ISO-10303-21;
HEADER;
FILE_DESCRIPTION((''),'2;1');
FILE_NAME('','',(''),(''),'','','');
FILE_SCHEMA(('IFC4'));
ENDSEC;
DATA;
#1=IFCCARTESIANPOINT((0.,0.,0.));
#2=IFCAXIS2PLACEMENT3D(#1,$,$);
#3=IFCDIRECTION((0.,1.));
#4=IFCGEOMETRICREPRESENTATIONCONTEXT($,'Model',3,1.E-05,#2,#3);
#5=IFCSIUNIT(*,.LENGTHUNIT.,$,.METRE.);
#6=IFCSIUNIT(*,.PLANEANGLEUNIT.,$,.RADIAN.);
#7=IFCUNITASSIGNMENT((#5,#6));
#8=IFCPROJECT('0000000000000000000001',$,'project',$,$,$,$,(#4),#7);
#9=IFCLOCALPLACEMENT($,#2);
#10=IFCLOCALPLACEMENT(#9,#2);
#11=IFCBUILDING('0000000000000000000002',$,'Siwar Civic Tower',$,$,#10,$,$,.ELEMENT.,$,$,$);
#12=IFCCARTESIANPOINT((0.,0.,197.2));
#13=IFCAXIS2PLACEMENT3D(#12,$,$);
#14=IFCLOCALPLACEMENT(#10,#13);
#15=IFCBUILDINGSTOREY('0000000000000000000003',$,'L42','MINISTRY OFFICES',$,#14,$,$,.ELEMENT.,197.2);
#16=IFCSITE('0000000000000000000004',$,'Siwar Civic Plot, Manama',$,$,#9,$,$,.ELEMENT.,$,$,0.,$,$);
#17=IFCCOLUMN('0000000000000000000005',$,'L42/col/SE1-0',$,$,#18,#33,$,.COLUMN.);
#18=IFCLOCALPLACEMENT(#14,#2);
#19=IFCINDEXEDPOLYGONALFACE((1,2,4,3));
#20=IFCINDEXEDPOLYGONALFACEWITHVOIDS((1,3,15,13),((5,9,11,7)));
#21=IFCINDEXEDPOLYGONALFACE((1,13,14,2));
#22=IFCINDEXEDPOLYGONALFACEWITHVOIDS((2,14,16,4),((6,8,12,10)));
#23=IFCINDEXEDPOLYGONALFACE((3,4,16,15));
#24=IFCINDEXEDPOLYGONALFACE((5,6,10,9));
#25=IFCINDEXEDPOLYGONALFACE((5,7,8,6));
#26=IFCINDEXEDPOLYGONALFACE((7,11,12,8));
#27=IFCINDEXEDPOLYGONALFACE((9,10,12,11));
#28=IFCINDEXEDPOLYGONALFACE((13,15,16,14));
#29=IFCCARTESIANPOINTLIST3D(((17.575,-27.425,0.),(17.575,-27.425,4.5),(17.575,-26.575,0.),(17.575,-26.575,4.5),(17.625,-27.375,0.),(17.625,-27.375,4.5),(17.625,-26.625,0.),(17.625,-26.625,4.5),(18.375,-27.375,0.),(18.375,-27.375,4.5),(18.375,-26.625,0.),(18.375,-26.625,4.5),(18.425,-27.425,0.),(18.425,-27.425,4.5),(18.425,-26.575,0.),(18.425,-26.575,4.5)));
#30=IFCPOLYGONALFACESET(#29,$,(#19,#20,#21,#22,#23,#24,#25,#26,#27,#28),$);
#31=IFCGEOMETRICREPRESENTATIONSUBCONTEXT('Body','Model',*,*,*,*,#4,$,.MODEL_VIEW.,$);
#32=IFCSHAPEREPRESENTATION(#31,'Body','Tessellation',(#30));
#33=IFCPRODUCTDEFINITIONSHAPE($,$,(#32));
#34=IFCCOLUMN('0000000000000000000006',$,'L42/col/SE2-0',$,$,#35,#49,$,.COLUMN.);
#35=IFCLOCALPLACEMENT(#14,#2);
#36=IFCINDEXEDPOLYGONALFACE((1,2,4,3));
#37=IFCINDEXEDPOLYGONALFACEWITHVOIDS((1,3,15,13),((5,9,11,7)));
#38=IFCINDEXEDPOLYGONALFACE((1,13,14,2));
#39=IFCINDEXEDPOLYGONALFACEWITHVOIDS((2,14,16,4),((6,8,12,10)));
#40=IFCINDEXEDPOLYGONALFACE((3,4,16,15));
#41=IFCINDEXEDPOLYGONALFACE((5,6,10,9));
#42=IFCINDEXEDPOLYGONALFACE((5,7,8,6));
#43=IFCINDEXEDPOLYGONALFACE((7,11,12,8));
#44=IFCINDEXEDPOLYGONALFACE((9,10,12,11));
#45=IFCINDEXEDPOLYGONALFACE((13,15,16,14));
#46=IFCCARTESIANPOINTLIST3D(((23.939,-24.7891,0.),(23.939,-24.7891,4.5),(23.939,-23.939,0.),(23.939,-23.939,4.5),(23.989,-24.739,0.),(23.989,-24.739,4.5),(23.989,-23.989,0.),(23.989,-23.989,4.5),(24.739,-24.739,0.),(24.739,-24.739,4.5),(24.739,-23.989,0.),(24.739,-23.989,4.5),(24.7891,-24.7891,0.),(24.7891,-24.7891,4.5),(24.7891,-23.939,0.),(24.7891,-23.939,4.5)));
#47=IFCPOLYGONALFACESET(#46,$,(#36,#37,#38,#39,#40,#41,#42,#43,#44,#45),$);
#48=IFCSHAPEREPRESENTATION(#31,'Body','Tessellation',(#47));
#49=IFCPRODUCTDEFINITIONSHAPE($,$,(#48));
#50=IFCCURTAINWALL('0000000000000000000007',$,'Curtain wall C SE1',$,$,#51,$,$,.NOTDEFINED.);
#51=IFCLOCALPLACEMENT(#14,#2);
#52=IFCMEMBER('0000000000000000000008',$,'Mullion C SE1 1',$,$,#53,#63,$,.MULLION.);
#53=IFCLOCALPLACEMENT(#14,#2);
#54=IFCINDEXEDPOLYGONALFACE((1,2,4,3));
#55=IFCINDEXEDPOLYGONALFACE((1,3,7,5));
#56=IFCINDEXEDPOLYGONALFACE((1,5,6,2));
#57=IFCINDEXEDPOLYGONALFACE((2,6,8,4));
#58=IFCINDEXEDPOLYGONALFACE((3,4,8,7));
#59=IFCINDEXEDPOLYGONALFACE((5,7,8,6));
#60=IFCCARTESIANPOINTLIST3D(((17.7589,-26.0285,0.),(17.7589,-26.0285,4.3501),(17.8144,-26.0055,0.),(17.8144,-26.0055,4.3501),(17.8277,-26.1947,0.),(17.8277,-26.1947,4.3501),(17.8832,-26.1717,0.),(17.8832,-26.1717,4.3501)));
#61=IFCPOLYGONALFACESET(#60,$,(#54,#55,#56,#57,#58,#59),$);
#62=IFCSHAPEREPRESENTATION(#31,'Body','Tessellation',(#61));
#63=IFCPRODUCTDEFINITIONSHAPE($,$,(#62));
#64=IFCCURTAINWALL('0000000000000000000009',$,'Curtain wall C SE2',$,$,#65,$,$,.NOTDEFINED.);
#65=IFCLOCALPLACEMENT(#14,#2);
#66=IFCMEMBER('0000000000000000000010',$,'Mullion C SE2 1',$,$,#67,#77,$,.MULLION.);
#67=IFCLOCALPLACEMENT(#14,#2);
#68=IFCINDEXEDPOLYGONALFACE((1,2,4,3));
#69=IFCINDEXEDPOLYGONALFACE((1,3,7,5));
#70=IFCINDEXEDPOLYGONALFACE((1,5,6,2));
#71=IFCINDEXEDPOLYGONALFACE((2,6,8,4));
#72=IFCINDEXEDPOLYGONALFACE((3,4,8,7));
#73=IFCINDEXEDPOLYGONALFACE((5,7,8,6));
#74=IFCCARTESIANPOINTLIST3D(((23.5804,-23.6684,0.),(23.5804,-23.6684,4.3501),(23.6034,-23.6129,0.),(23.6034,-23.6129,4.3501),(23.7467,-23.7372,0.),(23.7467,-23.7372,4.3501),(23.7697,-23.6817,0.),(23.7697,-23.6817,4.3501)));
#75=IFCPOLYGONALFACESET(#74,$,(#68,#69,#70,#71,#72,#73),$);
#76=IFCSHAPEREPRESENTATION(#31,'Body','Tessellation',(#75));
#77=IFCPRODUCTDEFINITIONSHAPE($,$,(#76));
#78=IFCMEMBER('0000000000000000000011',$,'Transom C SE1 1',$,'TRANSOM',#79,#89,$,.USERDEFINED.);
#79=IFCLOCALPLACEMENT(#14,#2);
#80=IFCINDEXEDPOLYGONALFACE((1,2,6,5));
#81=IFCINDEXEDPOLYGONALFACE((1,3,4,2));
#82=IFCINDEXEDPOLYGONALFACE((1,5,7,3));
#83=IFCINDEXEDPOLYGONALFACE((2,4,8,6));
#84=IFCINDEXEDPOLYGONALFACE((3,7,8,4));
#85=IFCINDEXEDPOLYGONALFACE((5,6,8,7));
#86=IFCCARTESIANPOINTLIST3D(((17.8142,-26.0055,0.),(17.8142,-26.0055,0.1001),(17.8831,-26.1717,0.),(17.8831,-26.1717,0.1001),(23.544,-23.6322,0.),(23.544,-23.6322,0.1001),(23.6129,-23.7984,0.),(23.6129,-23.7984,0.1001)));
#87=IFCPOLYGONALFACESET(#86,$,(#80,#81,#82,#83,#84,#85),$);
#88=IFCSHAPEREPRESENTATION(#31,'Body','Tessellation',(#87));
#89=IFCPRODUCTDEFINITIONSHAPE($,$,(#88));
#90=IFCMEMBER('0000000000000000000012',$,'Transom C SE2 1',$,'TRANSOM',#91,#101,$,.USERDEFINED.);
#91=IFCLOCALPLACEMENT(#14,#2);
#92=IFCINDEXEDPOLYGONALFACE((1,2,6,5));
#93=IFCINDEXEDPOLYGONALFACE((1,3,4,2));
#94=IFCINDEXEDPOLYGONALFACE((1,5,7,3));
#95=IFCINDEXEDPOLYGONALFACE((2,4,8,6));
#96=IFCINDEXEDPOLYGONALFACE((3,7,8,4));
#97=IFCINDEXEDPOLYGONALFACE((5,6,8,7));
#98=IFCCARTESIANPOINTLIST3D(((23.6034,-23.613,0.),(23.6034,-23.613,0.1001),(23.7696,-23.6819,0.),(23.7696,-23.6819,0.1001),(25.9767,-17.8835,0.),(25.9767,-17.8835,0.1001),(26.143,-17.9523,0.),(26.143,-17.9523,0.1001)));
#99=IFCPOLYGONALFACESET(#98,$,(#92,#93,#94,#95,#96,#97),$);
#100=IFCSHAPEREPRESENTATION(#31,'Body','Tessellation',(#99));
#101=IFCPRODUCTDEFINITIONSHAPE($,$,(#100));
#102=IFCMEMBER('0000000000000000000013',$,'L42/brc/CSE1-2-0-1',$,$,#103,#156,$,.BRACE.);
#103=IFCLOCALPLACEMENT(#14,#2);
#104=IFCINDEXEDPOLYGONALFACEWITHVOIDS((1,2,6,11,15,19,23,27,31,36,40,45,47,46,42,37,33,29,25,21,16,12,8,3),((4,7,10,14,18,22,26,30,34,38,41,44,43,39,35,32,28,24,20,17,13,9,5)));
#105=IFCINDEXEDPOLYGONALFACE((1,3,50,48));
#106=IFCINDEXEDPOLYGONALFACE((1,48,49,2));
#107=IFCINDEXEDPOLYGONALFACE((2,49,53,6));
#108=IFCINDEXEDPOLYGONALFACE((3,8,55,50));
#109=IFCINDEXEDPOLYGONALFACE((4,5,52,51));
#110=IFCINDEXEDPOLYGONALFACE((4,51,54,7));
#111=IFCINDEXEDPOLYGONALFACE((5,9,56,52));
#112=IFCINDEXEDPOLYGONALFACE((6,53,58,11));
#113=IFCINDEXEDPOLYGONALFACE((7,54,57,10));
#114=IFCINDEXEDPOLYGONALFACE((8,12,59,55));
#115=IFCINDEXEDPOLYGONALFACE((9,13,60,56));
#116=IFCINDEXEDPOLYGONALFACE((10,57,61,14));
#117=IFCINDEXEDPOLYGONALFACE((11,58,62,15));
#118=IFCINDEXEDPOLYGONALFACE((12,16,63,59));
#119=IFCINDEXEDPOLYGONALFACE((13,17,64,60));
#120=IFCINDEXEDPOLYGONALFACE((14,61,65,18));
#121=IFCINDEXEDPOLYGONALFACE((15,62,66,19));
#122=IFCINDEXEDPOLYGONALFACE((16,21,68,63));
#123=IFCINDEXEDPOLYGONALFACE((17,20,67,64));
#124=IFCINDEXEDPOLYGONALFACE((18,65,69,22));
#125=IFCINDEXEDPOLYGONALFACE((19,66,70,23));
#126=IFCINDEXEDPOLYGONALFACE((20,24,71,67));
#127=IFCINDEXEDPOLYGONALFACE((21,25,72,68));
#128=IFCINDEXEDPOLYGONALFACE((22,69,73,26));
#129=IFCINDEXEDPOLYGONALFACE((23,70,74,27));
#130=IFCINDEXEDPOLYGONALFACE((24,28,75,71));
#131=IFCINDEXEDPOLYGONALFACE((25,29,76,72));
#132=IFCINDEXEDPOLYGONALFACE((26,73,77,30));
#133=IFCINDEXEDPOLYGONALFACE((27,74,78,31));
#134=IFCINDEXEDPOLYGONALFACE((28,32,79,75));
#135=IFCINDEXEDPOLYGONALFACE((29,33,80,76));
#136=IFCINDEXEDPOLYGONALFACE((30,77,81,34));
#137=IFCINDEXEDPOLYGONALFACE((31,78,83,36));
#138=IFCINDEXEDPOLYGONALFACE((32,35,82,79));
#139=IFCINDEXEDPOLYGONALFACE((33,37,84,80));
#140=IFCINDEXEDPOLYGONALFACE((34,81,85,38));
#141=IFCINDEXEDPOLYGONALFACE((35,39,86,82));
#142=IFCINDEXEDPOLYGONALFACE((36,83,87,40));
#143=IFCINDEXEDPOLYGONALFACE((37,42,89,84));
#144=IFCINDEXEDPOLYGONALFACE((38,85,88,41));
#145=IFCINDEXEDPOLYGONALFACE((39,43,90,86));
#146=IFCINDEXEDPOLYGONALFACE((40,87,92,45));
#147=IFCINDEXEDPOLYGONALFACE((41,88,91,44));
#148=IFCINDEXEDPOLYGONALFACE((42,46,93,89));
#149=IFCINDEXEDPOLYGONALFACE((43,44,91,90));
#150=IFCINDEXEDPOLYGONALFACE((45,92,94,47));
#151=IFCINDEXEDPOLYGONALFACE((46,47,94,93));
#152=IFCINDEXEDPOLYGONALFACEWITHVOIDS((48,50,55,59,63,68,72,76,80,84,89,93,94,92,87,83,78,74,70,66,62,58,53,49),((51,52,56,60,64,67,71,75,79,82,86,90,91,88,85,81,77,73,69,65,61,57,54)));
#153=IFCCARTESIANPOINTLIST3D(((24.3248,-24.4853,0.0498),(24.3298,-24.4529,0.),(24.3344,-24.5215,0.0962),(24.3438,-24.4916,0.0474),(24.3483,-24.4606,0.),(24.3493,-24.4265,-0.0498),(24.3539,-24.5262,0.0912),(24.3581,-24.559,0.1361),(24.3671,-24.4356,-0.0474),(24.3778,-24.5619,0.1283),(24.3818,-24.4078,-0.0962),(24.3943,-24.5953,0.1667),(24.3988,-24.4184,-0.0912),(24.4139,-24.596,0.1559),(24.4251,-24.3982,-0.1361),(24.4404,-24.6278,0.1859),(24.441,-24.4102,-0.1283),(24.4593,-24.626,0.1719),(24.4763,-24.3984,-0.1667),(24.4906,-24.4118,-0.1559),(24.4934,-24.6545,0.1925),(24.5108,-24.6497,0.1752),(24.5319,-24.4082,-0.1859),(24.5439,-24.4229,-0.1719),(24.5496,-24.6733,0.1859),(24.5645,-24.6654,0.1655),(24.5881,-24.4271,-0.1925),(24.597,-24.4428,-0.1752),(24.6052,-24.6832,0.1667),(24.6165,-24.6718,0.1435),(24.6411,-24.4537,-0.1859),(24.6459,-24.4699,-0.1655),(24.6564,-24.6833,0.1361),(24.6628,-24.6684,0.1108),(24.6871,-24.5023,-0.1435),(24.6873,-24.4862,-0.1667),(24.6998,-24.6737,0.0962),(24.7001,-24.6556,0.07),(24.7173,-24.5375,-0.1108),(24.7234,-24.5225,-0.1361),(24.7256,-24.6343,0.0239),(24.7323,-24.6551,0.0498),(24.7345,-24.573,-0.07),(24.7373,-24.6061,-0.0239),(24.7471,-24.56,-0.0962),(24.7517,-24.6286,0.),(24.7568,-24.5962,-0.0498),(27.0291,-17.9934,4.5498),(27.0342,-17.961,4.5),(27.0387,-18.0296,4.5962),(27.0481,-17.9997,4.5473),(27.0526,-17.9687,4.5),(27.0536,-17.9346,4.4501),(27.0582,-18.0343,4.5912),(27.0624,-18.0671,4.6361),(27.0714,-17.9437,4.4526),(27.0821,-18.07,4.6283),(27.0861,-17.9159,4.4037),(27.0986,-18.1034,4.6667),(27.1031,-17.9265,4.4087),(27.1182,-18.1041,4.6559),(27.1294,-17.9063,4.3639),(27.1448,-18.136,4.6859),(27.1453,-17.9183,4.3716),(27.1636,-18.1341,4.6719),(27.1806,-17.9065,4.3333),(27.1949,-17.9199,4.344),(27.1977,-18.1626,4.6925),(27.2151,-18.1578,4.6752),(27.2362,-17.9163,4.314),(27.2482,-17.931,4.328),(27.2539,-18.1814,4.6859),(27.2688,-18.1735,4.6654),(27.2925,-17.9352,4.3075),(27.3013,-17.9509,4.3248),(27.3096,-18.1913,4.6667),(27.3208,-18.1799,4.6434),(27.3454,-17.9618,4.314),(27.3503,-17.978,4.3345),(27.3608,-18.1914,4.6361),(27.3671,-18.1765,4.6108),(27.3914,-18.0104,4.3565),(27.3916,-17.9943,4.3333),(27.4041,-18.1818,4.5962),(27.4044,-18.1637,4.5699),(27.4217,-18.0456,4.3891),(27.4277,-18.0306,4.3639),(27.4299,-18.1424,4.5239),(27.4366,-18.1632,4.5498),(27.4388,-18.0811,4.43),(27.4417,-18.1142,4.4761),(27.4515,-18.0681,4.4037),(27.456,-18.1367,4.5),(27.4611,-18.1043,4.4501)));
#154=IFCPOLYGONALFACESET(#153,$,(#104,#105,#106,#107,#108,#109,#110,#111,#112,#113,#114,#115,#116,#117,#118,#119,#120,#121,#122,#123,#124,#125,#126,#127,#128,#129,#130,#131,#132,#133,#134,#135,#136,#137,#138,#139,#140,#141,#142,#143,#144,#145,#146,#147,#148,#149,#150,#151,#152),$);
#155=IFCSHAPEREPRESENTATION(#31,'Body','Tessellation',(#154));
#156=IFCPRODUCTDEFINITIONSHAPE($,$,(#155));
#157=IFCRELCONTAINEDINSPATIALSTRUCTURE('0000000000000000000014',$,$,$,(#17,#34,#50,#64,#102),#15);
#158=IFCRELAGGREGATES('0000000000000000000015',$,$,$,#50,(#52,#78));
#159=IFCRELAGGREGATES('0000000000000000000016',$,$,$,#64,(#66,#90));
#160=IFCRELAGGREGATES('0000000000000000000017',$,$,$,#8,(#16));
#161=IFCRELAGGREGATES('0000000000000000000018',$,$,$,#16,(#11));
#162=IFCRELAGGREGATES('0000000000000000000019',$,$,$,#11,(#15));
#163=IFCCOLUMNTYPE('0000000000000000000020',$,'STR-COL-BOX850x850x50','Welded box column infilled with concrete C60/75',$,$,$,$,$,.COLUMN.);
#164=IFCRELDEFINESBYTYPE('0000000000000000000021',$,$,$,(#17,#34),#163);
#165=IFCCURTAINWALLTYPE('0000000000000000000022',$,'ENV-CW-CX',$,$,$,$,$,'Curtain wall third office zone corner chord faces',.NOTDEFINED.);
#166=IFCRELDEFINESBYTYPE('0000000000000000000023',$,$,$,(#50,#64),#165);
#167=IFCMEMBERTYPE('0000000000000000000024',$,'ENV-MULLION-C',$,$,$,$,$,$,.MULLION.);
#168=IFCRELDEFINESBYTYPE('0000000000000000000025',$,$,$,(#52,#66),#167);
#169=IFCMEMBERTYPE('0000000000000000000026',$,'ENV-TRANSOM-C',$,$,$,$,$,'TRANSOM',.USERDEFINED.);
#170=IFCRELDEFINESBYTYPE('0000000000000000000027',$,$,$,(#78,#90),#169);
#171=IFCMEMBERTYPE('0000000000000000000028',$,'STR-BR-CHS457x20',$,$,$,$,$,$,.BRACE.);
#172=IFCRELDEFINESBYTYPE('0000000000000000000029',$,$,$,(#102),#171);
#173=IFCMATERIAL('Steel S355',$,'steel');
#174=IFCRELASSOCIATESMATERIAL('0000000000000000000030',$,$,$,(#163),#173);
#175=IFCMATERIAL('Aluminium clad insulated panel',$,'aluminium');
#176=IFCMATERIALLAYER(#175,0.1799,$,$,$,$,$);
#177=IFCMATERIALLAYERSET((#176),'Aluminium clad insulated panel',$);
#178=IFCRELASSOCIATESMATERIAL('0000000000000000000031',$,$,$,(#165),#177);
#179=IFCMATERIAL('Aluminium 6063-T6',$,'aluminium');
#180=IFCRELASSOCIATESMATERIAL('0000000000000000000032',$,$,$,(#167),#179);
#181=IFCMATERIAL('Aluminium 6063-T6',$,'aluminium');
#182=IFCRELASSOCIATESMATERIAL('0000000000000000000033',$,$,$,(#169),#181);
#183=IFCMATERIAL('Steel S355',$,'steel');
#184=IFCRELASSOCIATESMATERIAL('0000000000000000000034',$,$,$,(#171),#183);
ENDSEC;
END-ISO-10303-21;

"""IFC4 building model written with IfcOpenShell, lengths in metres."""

from ifc_helpers import new_model, si_unit, direction, frame, origin, origin_2d, place, context, subcontext, project, spatial, rectangle, hollow_rectangle, hollow_circle, extrude, material, layer, layer_set, material_profile, profile_set, type_object, element, aggregate, save


model = new_model("IFC4")

# Units and contexts
model_context = context("Model", 3, precision=1e-05, world=origin(), true_north=direction((0.0, 1.0)))
body_context = subcontext(model_context, "Body", "Model", "MODEL_VIEW")
ifc_project = project(units=[si_unit("LENGTHUNIT", "METRE"), si_unit("PLANEANGLEUNIT", "RADIAN")], contexts=[model_context])

# Site, building, storey
site_placement = place(None, origin())
site = spatial("IfcSite", under=ifc_project, at=site_placement, Name="Siwar Civic Plot, Manama", CompositionType="ELEMENT", RefElevation=0.0)
building_placement = place(site_placement, origin())
building = spatial("IfcBuilding", under=site, at=building_placement, Name="Siwar Civic Tower", CompositionType="ELEMENT")
storey_placement = place(building_placement, frame((0.0, 0.0, 197.2)))
storey = spatial("IfcBuildingStorey", under=building, at=storey_placement, Name="L42", Description="MINISTRY OFFICES", CompositionType="ELEMENT", Elevation=197.2)

# Columns
ifc_material_1 = material(Name="Steel S355", Category="steel")
ifc_material_profile_1 = material_profile(ifc_material_1, hollow_rectangle(XDim=0.8501, YDim=0.8501, WallThickness=0.05, at=origin_2d()), Name="BOX850x850x50")
ifc_profile_set_1 = profile_set([ifc_material_profile_1], Name="Steel S355")
column_type = type_object("IfcColumnType", Name="STR-COL-BOX850x850x50", Description="Welded box column infilled with concrete C60/75", PredefinedType="COLUMN", material=ifc_profile_set_1)
for number, where, z_axis, x_axis, name in (
    (1, (18.0, -27.0, 0.0), (0.0, 0.0, 1.0), (1.0, 0.0, 0.0), "L42/col/SE1-0"),
    (2, (24.364, -24.364, 0.0), (0.0, 0.0, 1.0), (1.0, 0.0, 0.0), "L42/col/SE2-0"),
):
    element("IfcColumn", number, at=place(storey_placement, frame(where, z_axis=z_axis, x_axis=x_axis)), inside=storey, type_object=column_type, Name=name, PredefinedType="COLUMN", context=body_context, shape_type="SweptSolid", body=[
        extrude(hollow_rectangle(XDim=0.8501, YDim=0.8501, WallThickness=0.05, at=origin_2d()), origin(), (0.0, 0.0, 1.0), 4.5),
    ])

# Curtain walls, members
ifc_material_2 = material(Name="Aluminium clad insulated panel", Category="aluminium")
ifc_layer_1 = layer(ifc_material_2, 0.1799)
ifc_layer_set_1 = layer_set([ifc_layer_1], Name="Aluminium clad insulated panel")
curtain_wall_type = type_object("IfcCurtainWallType", Name="ENV-CW-CX", ElementType="Curtain wall third office zone corner chord faces", PredefinedType="NOTDEFINED", material=ifc_layer_set_1)
curtain_wall_1_placement = place(storey_placement, origin())
curtain_wall_1 = element("IfcCurtainWall", 3, at=curtain_wall_1_placement, inside=storey, type_object=curtain_wall_type, Name="Curtain wall C SE1", PredefinedType="NOTDEFINED")
ifc_material_3 = material(Name="Aluminium 6063-T6", Category="aluminium")
ifc_material_profile_2 = material_profile(ifc_material_3, rectangle(XDim=0.1799, YDim=0.0601, at=origin_2d()), Name="AL 180x60")
ifc_profile_set_2 = profile_set([ifc_material_profile_2], Name="Aluminium 6063-T6")
member_type_1 = type_object("IfcMemberType", Name="ENV-MULLION-C", PredefinedType="MULLION", material=ifc_profile_set_2)
member_1_placement = place(storey_placement, frame((17.821, -26.1001, 0.0), z_axis=(0.0, 0.0, 1.0), x_axis=(-0.382683, 0.92388, 0.0)))
member_1 = element("IfcMember", 4, at=member_1_placement, type_object=member_type_1, Name="Mullion C SE1 1", PredefinedType="MULLION", context=body_context, shape_type="SweptSolid", body=[
    extrude(rectangle(XDim=0.1799, YDim=0.0601, at=origin_2d()), origin(), (0.0, 0.0, 1.0), 4.3501),
])
curtain_wall_2_placement = place(storey_placement, origin())
curtain_wall_2 = element("IfcCurtainWall", 5, at=curtain_wall_2_placement, inside=storey, type_object=curtain_wall_type, Name="Curtain wall C SE2", PredefinedType="NOTDEFINED")
member_2_placement = place(storey_placement, frame((23.675, -23.675, 0.0), z_axis=(0.0, 0.0, 1.0), x_axis=(-0.92388, 0.382683, 0.0)))
member_2 = element("IfcMember", 6, at=member_2_placement, type_object=member_type_1, Name="Mullion C SE2 1", PredefinedType="MULLION", context=body_context, shape_type="SweptSolid", body=[
    extrude(rectangle(XDim=0.1799, YDim=0.0601, at=origin_2d()), origin(), (0.0, 0.0, 1.0), 4.3501),
])

# Members
ifc_material_4 = material(Name="Aluminium 6063-T6", Category="aluminium")
ifc_material_profile_3 = material_profile(ifc_material_4, rectangle(XDim=0.1799, YDim=0.1001, at=origin_2d()), Name="AL 180x100")
ifc_profile_set_3 = profile_set([ifc_material_profile_3], Name="Aluminium 6063-T6")
member_type_2 = type_object("IfcMemberType", Name="ENV-TRANSOM-C", ElementType="TRANSOM", PredefinedType="USERDEFINED", material=ifc_profile_set_3)
member_3_placement = place(storey_placement, frame((17.8486, -26.0886, 0.05), z_axis=(0.923882, 0.382677, 0.0), x_axis=(-0.382677, 0.923882, 0.0)))
member_3 = element("IfcMember", 7, at=member_3_placement, type_object=member_type_2, Name="Transom C SE1 1", ObjectType="TRANSOM", PredefinedType="USERDEFINED", context=body_context, shape_type="SweptSolid", body=[
    extrude(rectangle(XDim=0.1799, YDim=0.1001, at=origin_2d()), origin(), (0.0, 0.0, 1.0), 6.2019),
])
member_4_placement = place(storey_placement, frame((23.6865, -23.6475, 0.05), z_axis=(0.382691, 0.923876, 0.0), x_axis=(-0.923876, 0.382691, 0.0)))
member_4 = element("IfcMember", 8, at=member_4_placement, type_object=member_type_2, Name="Transom C SE2 1", ObjectType="TRANSOM", PredefinedType="USERDEFINED", context=body_context, shape_type="SweptSolid", body=[
    extrude(rectangle(XDim=0.1799, YDim=0.1001, at=origin_2d()), origin(), (0.0, 0.0, 1.0), 6.2017),
])

# Member
ifc_material_5 = material(Name="Steel S355", Category="steel")
ifc_material_profile_4 = material_profile(ifc_material_5, hollow_circle(Radius=0.2285, WallThickness=0.02, at=origin_2d()), Name="CHS457x20")
ifc_profile_set_4 = profile_set([ifc_material_profile_4], Name="Steel S355")
member_type_3 = type_object("IfcMemberType", Name="STR-BR-CHS457x20", PredefinedType="BRACE", material=ifc_profile_set_4)
member_5_placement = place(storey_placement, frame((24.5408, -24.5408, 0.0), z_axis=(0.323906, 0.777555, 0.538975), x_axis=(-0.923109, 0.384539, 0.0)))
element("IfcMember", 9, at=member_5_placement, inside=storey, type_object=member_type_3, Name="L42/brc/CSE1-2-0-1", PredefinedType="BRACE", context=body_context, shape_type="SweptSolid", body=[
    extrude(hollow_circle(Radius=0.2285, WallThickness=0.02, at=origin_2d()), origin(), (0.0, 0.0, 1.0), 8.3491),
])

aggregate(curtain_wall_1, [member_1, member_3])
aggregate(curtain_wall_2, [member_2, member_4])

save(model, "model.ifc")
